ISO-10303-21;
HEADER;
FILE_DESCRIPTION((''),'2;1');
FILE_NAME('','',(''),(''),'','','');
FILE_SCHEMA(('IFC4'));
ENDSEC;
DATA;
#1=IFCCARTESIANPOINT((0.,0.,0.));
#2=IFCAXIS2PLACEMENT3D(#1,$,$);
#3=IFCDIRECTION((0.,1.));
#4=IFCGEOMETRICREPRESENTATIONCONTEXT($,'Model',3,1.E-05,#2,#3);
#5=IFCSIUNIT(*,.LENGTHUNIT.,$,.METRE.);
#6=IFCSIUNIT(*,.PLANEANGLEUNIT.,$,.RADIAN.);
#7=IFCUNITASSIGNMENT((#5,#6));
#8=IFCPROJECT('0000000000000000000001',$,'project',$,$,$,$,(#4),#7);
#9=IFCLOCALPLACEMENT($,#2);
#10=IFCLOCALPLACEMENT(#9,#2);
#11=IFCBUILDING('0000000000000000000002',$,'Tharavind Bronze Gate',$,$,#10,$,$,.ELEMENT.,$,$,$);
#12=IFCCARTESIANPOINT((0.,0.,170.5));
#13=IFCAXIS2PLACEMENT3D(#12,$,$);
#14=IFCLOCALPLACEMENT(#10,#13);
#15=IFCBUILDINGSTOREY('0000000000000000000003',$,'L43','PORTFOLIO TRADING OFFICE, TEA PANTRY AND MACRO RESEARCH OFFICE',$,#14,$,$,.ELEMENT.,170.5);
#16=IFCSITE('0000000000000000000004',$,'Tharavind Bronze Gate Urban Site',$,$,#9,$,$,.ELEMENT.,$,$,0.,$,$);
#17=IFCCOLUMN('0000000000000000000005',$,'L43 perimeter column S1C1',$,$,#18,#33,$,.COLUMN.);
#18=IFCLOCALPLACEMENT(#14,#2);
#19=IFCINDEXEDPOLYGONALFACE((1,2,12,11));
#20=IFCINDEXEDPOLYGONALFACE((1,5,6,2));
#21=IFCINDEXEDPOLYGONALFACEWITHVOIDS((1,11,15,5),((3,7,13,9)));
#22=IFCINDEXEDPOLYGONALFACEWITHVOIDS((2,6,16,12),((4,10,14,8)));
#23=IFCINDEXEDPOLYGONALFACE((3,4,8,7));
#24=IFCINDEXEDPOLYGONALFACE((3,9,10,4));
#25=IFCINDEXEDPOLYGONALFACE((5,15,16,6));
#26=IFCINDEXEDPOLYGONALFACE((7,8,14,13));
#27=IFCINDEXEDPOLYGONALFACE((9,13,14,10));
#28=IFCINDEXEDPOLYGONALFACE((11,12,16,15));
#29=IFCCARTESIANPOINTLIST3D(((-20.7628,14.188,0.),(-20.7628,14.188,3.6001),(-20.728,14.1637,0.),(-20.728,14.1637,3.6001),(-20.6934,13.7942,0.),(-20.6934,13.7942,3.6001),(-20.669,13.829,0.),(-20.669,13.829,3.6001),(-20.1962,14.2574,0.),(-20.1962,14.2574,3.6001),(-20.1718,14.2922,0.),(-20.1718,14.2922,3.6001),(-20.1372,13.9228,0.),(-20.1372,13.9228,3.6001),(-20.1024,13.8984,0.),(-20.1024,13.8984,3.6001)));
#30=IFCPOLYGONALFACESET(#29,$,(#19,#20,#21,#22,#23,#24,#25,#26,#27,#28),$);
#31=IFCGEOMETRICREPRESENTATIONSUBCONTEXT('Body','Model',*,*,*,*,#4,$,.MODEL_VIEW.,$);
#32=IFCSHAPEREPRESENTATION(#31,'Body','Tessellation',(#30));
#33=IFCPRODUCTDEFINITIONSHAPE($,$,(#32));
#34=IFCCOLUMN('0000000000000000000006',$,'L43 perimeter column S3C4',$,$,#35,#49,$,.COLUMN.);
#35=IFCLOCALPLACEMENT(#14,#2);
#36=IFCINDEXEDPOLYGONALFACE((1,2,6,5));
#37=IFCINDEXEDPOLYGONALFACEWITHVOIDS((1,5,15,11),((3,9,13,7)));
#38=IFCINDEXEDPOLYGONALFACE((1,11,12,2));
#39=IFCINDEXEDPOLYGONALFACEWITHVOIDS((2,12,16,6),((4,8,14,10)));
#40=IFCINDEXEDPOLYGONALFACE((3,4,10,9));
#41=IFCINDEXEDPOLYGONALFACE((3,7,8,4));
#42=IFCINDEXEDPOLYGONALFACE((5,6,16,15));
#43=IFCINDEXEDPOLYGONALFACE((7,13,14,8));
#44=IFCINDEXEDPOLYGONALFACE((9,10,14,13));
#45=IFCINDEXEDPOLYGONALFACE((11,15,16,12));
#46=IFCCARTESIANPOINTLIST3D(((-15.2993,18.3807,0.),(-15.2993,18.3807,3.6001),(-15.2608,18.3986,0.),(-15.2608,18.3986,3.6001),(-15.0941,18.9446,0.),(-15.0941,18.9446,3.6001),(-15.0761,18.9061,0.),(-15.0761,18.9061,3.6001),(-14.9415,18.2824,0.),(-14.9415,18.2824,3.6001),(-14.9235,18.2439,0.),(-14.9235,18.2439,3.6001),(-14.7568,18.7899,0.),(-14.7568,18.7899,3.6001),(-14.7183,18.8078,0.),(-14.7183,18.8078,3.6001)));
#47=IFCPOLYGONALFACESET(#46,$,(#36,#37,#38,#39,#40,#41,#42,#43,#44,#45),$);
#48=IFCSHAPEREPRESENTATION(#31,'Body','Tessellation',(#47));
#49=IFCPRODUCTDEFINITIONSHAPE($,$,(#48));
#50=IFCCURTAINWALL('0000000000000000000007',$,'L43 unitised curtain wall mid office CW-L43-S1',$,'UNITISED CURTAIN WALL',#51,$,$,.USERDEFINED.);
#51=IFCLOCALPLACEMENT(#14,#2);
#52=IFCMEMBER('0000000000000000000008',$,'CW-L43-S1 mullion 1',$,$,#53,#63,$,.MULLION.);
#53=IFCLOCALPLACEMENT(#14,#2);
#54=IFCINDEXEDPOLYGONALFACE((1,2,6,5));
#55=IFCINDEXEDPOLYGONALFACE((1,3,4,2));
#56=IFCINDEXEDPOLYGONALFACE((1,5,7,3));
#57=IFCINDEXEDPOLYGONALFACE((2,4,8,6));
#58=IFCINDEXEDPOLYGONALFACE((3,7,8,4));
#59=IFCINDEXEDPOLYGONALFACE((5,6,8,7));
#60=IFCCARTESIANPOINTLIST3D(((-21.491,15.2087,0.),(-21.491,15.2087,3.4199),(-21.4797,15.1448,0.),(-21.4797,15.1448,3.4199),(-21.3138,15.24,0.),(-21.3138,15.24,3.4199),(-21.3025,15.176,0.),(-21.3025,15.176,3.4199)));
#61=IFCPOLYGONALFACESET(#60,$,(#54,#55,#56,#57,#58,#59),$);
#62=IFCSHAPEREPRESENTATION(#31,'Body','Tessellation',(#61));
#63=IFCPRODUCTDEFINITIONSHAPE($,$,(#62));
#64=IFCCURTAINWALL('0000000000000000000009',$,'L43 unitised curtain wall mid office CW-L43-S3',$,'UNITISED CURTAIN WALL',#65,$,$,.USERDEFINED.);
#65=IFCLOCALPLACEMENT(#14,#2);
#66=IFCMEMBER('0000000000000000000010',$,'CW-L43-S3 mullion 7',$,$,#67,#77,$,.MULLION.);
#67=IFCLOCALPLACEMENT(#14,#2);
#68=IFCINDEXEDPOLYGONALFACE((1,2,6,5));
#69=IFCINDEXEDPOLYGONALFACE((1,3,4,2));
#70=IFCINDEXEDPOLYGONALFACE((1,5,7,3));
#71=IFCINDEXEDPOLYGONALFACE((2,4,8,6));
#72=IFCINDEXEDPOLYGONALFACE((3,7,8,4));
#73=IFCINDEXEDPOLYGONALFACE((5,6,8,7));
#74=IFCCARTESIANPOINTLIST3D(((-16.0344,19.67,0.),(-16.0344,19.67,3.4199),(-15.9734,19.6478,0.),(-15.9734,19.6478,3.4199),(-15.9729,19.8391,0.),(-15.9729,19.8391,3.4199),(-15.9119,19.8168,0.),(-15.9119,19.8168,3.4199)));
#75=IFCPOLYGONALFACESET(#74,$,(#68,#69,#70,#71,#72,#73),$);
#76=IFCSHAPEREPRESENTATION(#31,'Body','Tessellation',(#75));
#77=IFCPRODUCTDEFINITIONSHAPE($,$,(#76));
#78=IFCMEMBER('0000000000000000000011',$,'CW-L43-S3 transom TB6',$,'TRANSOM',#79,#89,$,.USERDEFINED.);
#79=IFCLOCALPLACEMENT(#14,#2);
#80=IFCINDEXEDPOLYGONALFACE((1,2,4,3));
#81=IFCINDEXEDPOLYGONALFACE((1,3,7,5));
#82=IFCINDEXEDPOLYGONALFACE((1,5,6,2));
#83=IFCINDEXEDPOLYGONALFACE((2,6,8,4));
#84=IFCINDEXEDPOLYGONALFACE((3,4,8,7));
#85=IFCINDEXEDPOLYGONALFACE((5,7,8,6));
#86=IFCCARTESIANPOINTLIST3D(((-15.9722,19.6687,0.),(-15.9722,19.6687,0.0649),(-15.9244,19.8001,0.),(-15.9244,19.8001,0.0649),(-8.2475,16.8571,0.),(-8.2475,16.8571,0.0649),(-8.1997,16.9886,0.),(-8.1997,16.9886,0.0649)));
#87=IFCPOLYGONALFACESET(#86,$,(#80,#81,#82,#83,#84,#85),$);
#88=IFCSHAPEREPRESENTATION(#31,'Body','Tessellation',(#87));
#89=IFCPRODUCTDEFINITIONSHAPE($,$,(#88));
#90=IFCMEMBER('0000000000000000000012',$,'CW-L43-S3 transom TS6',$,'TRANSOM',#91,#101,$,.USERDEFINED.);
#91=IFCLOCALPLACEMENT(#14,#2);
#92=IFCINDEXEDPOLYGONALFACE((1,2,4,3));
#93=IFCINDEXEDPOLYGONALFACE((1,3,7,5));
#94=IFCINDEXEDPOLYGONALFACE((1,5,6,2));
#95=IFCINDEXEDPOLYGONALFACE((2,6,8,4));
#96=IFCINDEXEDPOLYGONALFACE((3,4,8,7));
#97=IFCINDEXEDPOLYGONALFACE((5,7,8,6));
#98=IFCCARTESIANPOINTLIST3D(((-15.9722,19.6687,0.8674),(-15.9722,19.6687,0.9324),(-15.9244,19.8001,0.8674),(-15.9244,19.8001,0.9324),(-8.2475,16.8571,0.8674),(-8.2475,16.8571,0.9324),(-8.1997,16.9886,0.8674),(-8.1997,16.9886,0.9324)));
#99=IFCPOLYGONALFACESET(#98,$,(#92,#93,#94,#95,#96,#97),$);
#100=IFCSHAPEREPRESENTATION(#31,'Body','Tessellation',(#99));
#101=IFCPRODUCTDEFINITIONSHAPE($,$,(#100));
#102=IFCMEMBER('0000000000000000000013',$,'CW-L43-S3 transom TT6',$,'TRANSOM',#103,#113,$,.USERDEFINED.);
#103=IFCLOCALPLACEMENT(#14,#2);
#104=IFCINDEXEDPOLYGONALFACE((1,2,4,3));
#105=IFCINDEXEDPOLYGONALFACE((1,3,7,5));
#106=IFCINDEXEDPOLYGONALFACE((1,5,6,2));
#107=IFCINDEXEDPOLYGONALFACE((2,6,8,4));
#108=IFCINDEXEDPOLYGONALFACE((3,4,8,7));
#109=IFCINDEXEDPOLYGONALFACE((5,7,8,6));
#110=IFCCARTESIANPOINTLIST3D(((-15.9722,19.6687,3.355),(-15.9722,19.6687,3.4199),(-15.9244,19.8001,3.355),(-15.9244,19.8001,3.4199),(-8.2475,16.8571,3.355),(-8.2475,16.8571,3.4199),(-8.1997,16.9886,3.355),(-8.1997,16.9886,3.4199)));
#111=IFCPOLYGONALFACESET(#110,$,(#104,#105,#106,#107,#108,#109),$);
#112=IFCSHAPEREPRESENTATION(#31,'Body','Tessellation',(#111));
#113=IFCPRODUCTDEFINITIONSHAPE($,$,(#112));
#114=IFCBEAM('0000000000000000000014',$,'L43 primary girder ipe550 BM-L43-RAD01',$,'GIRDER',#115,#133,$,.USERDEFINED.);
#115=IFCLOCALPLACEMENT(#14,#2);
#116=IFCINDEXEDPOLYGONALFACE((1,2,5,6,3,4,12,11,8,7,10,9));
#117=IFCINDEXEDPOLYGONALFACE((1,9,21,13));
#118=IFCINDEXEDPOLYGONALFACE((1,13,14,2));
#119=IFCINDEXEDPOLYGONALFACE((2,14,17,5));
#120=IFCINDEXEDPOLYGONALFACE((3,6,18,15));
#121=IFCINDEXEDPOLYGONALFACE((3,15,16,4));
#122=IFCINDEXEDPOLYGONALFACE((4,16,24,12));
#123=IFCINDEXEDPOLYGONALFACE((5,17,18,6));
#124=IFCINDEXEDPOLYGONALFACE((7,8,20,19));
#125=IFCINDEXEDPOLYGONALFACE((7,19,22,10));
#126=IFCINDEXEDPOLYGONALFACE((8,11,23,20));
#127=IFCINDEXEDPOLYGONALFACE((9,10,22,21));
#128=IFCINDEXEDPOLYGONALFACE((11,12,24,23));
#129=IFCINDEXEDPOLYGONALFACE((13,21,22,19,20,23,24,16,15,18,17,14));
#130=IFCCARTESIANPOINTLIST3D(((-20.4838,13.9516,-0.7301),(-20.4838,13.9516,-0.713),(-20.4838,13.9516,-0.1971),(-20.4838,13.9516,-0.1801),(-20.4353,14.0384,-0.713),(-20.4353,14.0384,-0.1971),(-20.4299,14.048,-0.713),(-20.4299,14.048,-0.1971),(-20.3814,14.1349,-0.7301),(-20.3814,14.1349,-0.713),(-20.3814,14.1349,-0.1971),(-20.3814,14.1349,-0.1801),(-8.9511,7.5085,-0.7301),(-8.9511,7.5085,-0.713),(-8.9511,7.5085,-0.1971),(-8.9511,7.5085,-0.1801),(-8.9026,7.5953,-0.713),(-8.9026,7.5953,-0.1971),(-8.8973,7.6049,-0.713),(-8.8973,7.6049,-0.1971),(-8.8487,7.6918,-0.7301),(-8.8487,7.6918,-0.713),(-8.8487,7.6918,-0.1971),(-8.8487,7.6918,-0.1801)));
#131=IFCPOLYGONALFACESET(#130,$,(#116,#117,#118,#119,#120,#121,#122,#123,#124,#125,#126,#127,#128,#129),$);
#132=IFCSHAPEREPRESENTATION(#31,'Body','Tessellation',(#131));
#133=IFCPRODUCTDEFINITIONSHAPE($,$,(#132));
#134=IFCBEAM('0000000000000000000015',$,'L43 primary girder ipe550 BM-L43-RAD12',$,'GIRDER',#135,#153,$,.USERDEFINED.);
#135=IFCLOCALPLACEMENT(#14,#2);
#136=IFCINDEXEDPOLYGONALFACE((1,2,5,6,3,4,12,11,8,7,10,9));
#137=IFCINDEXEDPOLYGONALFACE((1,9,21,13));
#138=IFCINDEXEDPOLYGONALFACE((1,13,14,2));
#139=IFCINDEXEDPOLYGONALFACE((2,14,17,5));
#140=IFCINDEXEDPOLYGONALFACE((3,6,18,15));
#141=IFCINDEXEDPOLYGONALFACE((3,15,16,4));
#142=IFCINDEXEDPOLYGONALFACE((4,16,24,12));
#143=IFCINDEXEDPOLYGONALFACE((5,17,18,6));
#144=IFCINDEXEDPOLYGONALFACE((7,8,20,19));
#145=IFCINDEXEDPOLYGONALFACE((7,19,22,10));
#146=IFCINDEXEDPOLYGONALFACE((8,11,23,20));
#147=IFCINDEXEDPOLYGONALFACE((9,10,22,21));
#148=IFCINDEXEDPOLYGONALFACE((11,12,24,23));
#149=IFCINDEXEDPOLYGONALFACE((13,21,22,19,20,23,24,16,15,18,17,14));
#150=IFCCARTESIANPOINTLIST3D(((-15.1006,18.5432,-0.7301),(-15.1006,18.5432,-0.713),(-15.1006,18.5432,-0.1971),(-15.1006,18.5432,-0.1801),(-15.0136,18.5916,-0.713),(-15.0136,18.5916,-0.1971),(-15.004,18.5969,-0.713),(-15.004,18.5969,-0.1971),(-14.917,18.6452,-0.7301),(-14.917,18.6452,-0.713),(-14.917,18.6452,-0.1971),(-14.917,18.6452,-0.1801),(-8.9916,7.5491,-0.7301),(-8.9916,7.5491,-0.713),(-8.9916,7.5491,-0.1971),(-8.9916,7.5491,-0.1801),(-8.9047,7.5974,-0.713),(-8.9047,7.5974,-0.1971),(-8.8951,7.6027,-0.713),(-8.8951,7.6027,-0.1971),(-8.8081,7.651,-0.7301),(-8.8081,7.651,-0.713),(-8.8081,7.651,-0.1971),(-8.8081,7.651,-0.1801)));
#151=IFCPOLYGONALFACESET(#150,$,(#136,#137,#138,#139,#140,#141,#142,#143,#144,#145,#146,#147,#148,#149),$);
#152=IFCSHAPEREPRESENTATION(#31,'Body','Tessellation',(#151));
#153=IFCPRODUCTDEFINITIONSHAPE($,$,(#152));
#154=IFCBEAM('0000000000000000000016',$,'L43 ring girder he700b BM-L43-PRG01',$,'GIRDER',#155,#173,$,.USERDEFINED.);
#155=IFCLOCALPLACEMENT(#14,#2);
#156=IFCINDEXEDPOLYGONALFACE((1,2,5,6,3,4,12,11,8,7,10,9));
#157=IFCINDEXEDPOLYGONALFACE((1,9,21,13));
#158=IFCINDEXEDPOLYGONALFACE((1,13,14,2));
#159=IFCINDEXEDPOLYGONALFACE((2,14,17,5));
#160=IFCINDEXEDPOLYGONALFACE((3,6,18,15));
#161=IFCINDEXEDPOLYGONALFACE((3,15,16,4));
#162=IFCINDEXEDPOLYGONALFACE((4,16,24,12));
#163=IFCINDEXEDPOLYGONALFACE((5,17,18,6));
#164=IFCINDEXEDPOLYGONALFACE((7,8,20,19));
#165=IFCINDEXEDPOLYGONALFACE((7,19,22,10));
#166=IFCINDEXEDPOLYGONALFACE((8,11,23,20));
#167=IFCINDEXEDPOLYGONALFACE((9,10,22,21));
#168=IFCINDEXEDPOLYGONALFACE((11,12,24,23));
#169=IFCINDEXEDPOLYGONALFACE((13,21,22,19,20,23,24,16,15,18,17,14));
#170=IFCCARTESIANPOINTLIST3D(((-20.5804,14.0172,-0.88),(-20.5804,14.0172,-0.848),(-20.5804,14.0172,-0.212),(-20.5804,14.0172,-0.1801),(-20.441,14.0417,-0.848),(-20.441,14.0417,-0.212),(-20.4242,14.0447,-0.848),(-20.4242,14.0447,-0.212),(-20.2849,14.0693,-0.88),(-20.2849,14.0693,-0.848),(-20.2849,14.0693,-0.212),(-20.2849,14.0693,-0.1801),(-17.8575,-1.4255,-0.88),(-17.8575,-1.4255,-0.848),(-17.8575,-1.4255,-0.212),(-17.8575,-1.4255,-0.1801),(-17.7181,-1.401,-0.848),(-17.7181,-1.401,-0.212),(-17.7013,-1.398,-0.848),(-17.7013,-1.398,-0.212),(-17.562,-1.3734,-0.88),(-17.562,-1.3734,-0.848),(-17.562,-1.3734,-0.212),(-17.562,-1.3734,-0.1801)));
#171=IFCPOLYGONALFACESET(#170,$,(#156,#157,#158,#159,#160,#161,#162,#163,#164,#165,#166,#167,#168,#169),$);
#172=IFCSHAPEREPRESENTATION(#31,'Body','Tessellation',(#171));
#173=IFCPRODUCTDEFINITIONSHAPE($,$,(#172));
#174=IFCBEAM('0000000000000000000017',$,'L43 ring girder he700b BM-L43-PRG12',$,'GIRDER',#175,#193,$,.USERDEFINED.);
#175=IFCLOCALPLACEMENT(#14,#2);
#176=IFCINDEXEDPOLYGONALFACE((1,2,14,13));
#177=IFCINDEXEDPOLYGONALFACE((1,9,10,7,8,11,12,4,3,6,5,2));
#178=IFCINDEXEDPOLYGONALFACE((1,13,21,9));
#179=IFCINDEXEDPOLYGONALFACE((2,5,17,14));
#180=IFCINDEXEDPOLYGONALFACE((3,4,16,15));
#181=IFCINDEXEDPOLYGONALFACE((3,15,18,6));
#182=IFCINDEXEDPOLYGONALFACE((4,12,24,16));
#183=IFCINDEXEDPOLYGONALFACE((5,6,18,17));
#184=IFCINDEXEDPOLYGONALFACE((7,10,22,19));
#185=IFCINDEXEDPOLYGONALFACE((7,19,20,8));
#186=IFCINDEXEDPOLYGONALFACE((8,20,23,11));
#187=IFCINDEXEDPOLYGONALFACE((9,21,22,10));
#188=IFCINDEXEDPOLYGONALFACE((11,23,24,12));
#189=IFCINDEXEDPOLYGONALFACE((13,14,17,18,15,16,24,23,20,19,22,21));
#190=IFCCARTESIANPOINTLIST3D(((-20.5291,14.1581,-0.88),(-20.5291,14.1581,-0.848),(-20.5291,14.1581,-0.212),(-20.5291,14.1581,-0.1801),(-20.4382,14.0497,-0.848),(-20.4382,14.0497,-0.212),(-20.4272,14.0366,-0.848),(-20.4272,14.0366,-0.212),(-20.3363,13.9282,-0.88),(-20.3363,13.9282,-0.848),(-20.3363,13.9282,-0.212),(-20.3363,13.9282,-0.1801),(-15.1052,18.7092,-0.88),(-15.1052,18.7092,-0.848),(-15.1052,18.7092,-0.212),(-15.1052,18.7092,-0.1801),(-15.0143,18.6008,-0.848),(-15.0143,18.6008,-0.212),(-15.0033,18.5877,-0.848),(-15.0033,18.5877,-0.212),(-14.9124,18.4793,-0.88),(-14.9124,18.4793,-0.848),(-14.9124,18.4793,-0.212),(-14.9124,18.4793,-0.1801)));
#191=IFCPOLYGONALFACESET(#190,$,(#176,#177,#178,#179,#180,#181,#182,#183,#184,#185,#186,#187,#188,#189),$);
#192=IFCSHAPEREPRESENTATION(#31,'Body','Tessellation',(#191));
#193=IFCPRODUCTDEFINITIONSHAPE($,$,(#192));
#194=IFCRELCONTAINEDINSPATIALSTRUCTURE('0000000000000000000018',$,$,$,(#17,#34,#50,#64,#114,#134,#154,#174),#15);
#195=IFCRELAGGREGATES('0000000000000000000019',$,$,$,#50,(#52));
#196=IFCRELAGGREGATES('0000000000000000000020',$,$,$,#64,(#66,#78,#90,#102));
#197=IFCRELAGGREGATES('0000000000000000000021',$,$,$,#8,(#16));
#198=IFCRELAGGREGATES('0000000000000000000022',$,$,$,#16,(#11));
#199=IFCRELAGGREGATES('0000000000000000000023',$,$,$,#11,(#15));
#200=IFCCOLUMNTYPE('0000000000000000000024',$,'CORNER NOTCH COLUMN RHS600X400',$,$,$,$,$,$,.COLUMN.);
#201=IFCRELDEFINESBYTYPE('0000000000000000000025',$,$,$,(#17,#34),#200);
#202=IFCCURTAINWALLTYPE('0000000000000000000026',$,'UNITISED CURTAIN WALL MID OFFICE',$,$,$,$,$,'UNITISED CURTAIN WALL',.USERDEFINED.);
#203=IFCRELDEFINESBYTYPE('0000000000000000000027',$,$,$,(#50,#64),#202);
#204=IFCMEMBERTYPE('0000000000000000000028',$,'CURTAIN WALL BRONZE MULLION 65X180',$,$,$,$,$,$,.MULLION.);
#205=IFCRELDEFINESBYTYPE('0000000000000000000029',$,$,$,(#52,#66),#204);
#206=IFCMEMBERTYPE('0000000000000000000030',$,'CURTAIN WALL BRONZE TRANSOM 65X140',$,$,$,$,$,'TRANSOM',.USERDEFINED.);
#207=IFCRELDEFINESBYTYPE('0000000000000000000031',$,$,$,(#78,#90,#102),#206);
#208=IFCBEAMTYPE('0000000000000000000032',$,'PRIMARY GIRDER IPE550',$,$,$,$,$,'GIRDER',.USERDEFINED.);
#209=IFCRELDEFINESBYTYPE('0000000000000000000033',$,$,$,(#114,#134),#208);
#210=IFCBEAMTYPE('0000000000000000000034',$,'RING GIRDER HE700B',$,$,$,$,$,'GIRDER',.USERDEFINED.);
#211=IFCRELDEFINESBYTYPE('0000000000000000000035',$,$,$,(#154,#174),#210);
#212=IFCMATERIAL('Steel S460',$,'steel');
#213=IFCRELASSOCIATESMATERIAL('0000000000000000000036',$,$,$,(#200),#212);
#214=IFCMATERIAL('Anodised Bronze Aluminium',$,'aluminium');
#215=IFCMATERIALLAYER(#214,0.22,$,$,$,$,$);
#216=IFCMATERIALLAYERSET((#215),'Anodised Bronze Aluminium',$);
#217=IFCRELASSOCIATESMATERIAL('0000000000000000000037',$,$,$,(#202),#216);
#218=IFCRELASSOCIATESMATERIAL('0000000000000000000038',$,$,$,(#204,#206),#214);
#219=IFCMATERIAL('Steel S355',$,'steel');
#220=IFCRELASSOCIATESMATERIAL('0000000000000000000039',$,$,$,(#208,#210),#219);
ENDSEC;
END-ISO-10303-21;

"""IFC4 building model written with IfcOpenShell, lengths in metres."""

from ifc_helpers import new_model, si_unit, direction, frame, origin, origin_2d, place, context, subcontext, project, spatial, rectangle, hollow_rectangle, i_section, extrude, material, layer, layer_set, material_profile, profile_set, type_object, element, aggregate, save


model = new_model("IFC4")

# Units and contexts
model_context = context("Model", 3, precision=1e-05, world=origin(), true_north=direction((0.0, 1.0)))
body_context = subcontext(model_context, "Body", "Model", "MODEL_VIEW")
ifc_project = project(units=[si_unit("LENGTHUNIT", "METRE"), si_unit("PLANEANGLEUNIT", "RADIAN")], contexts=[model_context])

# Site, building, storey
site_placement = place(None, origin())
site = spatial("IfcSite", under=ifc_project, at=site_placement, Name="Tharavind Bronze Gate Urban Site", CompositionType="ELEMENT", RefElevation=0.0)
building_placement = place(site_placement, origin())
building = spatial("IfcBuilding", under=site, at=building_placement, Name="Tharavind Bronze Gate", CompositionType="ELEMENT")
storey_placement = place(building_placement, frame((0.0, 0.0, 170.5)))
storey = spatial("IfcBuildingStorey", under=building, at=storey_placement, Name="L43", Description="PORTFOLIO TRADING OFFICE, TEA PANTRY AND MACRO RESEARCH OFFICE", CompositionType="ELEMENT", Elevation=170.5)

# Columns
ifc_material_1 = material(Name="Steel S460", Category="steel")
ifc_material_profile_1 = material_profile(ifc_material_1, hollow_rectangle(XDim=0.3999, YDim=0.6001, WallThickness=0.03, at=origin_2d()), Name="RHS600X400X30")
ifc_profile_set_1 = profile_set([ifc_material_profile_1], Name="Steel S460")
column_type = type_object("IfcColumnType", Name="CORNER NOTCH COLUMN RHS600X400", PredefinedType="COLUMN", material=ifc_profile_set_1)
for number, where, z_axis, x_axis, name in (
    (1, (-20.4326, 14.0432, 0.0), (0.0, 0.0, 1.0), (-0.173648, 0.984808, 0.0), "L43 perimeter column S1C1"),
    (2, (-15.0088, 18.5942, 0.0), (0.0, 0.0, 1.0), (-0.939692, 0.342022, 0.0), "L43 perimeter column S3C4"),
):
    element("IfcColumn", number, at=place(storey_placement, frame(where, z_axis=z_axis, x_axis=x_axis)), inside=storey, type_object=column_type, Name=name, PredefinedType="COLUMN", context=body_context, shape_type="SweptSolid", body=[
        extrude(hollow_rectangle(XDim=0.3999, YDim=0.6001, WallThickness=0.03, at=origin_2d()), origin(), (0.0, 0.0, 1.0), 3.6001),
    ])

# Curtain wall, member
ifc_material_2 = material(Name="Anodised Bronze Aluminium", Category="aluminium")
ifc_layer_1 = layer(ifc_material_2, 0.22)
ifc_layer_set_1 = layer_set([ifc_layer_1], Name="Anodised Bronze Aluminium")
curtain_wall_type = type_object("IfcCurtainWallType", Name="UNITISED CURTAIN WALL MID OFFICE", ElementType="UNITISED CURTAIN WALL", PredefinedType="USERDEFINED", material=ifc_layer_set_1)
curtain_wall_1_placement = place(storey_placement, origin())
curtain_wall_1 = element("IfcCurtainWall", 3, at=curtain_wall_1_placement, inside=storey, type_object=curtain_wall_type, Name="L43 unitised curtain wall mid office CW-L43-S1", ObjectType="UNITISED CURTAIN WALL", PredefinedType="USERDEFINED")
member_type_1 = type_object("IfcMemberType", Name="CURTAIN WALL BRONZE MULLION 65X180", PredefinedType="MULLION", material=ifc_material_2)
member_1_placement = place(storey_placement, frame((-21.3967, 15.1924, 0.0), z_axis=(0.0, 0.0, 1.0), x_axis=(0.173648, -0.984808, 0.0)))
member_1 = element("IfcMember", 4, at=member_1_placement, type_object=member_type_1, Name="CW-L43-S1 mullion 1", PredefinedType="MULLION", context=body_context, shape_type="SweptSolid", body=[
    extrude(rectangle(XDim=0.0649, YDim=0.1799, at=origin_2d()), origin(), (0.0, 0.0, 1.0), 3.4199),
])

# Curtain wall, members
curtain_wall_2_placement = place(storey_placement, origin())
curtain_wall_2 = element("IfcCurtainWall", 5, at=curtain_wall_2_placement, inside=storey, type_object=curtain_wall_type, Name="L43 unitised curtain wall mid office CW-L43-S3", ObjectType="UNITISED CURTAIN WALL", PredefinedType="USERDEFINED")
member_2_placement = place(storey_placement, frame((-15.9731, 19.7434, 0.0), z_axis=(0.0, 0.0, 1.0), x_axis=(-0.939692, 0.342022, 0.0)))
member_2 = element("IfcMember", 6, at=member_2_placement, type_object=member_type_1, Name="CW-L43-S3 mullion 7", PredefinedType="MULLION", context=body_context, shape_type="SweptSolid", body=[
    extrude(rectangle(XDim=0.0649, YDim=0.1799, at=origin_2d()), origin(), (0.0, 0.0, 1.0), 3.4199),
])
member_type_2 = type_object("IfcMemberType", Name="CURTAIN WALL BRONZE TRANSOM 65X140", ElementType="TRANSOM", PredefinedType="USERDEFINED", material=ifc_material_2)
member_3_placement = place(storey_placement, frame((-12.0859, 18.3286, 0.0), z_axis=(0.0, 0.0, 1.0), x_axis=(-0.939692, 0.342022, 0.0)))
member_3 = element("IfcMember", 7, at=member_3_placement, type_object=member_type_2, Name="CW-L43-S3 transom TB6", ObjectType="TRANSOM", PredefinedType="USERDEFINED", context=body_context, shape_type="SweptSolid", body=[
    extrude(rectangle(XDim=8.2205, YDim=0.1399, at=origin_2d()), origin(), (0.0, 0.0, 1.0), 0.0649),
])
member_4_placement = place(storey_placement, frame((-12.0859, 18.3286, 0.8674), z_axis=(0.0, 0.0, 1.0), x_axis=(-0.939692, 0.342022, 0.0)))
member_4 = element("IfcMember", 8, at=member_4_placement, type_object=member_type_2, Name="CW-L43-S3 transom TS6", ObjectType="TRANSOM", PredefinedType="USERDEFINED", context=body_context, shape_type="SweptSolid", body=[
    extrude(rectangle(XDim=8.2205, YDim=0.1399, at=origin_2d()), origin(), (0.0, 0.0, 1.0), 0.0649),
])
member_5_placement = place(storey_placement, frame((-12.0859, 18.3286, 3.355), z_axis=(0.0, 0.0, 1.0), x_axis=(-0.939692, 0.342022, 0.0)))
member_5 = element("IfcMember", 9, at=member_5_placement, type_object=member_type_2, Name="CW-L43-S3 transom TT6", ObjectType="TRANSOM", PredefinedType="USERDEFINED", context=body_context, shape_type="SweptSolid", body=[
    extrude(rectangle(XDim=8.2205, YDim=0.1399, at=origin_2d()), origin(), (0.0, 0.0, 1.0), 0.0649),
])

# Beams
ifc_material_3 = material(Name="Steel S355", Category="steel")
ifc_material_profile_2 = material_profile(ifc_material_3, i_section(OverallWidth=0.21, OverallDepth=0.55, WebThickness=0.011, FlangeThickness=0.0171, at=origin_2d()), Name="IPE550")
ifc_profile_set_2 = profile_set([ifc_material_profile_2], Name="Steel S355")
beam_type_1 = type_object("IfcBeamType", Name="PRIMARY GIRDER IPE550", ElementType="GIRDER", PredefinedType="USERDEFINED", material=ifc_profile_set_2)
beam_1_placement = place(storey_placement, frame((-20.4326, 14.0432, -0.4551), z_axis=(0.872996, -0.487727, 0.0), x_axis=(0.487727, 0.872996, 0.0)))
element("IfcBeam", 10, at=beam_1_placement, inside=storey, type_object=beam_type_1, Name="L43 primary girder ipe550 BM-L43-RAD01", ObjectType="GIRDER", PredefinedType="USERDEFINED", context=body_context, shape_type="SweptSolid", body=[
    extrude(i_section(OverallWidth=0.21, OverallDepth=0.55, WebThickness=0.011, FlangeThickness=0.0171, at=origin_2d()), origin(), (0.0, 0.0, 1.0), 13.2104),
])
beam_2_placement = place(storey_placement, frame((-15.0088, 18.5942, -0.4551), z_axis=(0.485706, -0.874122, 0.0), x_axis=(0.874122, 0.485706, 0.0)))
element("IfcBeam", 11, at=beam_2_placement, inside=storey, type_object=beam_type_1, Name="L43 primary girder ipe550 BM-L43-RAD12", ObjectType="GIRDER", PredefinedType="USERDEFINED", context=body_context, shape_type="SweptSolid", body=[
    extrude(i_section(OverallWidth=0.21, OverallDepth=0.55, WebThickness=0.011, FlangeThickness=0.0171, at=origin_2d()), origin(), (0.0, 0.0, 1.0), 12.5774),
])
ifc_material_profile_3 = material_profile(ifc_material_3, i_section(OverallWidth=0.3, OverallDepth=0.7, WebThickness=0.0171, FlangeThickness=0.032, at=origin_2d()), Name="HE700B")
ifc_profile_set_3 = profile_set([ifc_material_profile_3], Name="Steel S355")
beam_type_2 = type_object("IfcBeamType", Name="RING GIRDER HE700B", ElementType="GIRDER", PredefinedType="USERDEFINED", material=ifc_profile_set_3)
beam_3_placement = place(storey_placement, frame((-20.4326, 14.0432, -0.53), z_axis=(0.173645, -0.984808, 0.0), x_axis=(0.984808, 0.173645, 0.0)))
element("IfcBeam", 12, at=beam_3_placement, inside=storey, type_object=beam_type_2, Name="L43 ring girder he700b BM-L43-PRG01", ObjectType="GIRDER", PredefinedType="USERDEFINED", context=body_context, shape_type="SweptSolid", body=[
    extrude(i_section(OverallWidth=0.3, OverallDepth=0.7, WebThickness=0.0171, FlangeThickness=0.032, at=origin_2d()), origin(), (0.0, 0.0, 1.0), 15.6809),
])
beam_4_placement = place(storey_placement, frame((-15.0088, 18.5942, -0.53), z_axis=(-0.766052, -0.642779, 0.0), x_axis=(0.642779, -0.766052, 0.0)))
element("IfcBeam", 13, at=beam_4_placement, inside=storey, type_object=beam_type_2, Name="L43 ring girder he700b BM-L43-PRG12", ObjectType="GIRDER", PredefinedType="USERDEFINED", context=body_context, shape_type="SweptSolid", body=[
    extrude(i_section(OverallWidth=0.3, OverallDepth=0.7, WebThickness=0.0171, FlangeThickness=0.032, at=origin_2d()), origin(), (0.0, 0.0, 1.0), 7.0803),
])

aggregate(curtain_wall_1, [member_1])
aggregate(curtain_wall_2, [member_2, member_3, member_4, member_5])

save(model, "model.ifc")
